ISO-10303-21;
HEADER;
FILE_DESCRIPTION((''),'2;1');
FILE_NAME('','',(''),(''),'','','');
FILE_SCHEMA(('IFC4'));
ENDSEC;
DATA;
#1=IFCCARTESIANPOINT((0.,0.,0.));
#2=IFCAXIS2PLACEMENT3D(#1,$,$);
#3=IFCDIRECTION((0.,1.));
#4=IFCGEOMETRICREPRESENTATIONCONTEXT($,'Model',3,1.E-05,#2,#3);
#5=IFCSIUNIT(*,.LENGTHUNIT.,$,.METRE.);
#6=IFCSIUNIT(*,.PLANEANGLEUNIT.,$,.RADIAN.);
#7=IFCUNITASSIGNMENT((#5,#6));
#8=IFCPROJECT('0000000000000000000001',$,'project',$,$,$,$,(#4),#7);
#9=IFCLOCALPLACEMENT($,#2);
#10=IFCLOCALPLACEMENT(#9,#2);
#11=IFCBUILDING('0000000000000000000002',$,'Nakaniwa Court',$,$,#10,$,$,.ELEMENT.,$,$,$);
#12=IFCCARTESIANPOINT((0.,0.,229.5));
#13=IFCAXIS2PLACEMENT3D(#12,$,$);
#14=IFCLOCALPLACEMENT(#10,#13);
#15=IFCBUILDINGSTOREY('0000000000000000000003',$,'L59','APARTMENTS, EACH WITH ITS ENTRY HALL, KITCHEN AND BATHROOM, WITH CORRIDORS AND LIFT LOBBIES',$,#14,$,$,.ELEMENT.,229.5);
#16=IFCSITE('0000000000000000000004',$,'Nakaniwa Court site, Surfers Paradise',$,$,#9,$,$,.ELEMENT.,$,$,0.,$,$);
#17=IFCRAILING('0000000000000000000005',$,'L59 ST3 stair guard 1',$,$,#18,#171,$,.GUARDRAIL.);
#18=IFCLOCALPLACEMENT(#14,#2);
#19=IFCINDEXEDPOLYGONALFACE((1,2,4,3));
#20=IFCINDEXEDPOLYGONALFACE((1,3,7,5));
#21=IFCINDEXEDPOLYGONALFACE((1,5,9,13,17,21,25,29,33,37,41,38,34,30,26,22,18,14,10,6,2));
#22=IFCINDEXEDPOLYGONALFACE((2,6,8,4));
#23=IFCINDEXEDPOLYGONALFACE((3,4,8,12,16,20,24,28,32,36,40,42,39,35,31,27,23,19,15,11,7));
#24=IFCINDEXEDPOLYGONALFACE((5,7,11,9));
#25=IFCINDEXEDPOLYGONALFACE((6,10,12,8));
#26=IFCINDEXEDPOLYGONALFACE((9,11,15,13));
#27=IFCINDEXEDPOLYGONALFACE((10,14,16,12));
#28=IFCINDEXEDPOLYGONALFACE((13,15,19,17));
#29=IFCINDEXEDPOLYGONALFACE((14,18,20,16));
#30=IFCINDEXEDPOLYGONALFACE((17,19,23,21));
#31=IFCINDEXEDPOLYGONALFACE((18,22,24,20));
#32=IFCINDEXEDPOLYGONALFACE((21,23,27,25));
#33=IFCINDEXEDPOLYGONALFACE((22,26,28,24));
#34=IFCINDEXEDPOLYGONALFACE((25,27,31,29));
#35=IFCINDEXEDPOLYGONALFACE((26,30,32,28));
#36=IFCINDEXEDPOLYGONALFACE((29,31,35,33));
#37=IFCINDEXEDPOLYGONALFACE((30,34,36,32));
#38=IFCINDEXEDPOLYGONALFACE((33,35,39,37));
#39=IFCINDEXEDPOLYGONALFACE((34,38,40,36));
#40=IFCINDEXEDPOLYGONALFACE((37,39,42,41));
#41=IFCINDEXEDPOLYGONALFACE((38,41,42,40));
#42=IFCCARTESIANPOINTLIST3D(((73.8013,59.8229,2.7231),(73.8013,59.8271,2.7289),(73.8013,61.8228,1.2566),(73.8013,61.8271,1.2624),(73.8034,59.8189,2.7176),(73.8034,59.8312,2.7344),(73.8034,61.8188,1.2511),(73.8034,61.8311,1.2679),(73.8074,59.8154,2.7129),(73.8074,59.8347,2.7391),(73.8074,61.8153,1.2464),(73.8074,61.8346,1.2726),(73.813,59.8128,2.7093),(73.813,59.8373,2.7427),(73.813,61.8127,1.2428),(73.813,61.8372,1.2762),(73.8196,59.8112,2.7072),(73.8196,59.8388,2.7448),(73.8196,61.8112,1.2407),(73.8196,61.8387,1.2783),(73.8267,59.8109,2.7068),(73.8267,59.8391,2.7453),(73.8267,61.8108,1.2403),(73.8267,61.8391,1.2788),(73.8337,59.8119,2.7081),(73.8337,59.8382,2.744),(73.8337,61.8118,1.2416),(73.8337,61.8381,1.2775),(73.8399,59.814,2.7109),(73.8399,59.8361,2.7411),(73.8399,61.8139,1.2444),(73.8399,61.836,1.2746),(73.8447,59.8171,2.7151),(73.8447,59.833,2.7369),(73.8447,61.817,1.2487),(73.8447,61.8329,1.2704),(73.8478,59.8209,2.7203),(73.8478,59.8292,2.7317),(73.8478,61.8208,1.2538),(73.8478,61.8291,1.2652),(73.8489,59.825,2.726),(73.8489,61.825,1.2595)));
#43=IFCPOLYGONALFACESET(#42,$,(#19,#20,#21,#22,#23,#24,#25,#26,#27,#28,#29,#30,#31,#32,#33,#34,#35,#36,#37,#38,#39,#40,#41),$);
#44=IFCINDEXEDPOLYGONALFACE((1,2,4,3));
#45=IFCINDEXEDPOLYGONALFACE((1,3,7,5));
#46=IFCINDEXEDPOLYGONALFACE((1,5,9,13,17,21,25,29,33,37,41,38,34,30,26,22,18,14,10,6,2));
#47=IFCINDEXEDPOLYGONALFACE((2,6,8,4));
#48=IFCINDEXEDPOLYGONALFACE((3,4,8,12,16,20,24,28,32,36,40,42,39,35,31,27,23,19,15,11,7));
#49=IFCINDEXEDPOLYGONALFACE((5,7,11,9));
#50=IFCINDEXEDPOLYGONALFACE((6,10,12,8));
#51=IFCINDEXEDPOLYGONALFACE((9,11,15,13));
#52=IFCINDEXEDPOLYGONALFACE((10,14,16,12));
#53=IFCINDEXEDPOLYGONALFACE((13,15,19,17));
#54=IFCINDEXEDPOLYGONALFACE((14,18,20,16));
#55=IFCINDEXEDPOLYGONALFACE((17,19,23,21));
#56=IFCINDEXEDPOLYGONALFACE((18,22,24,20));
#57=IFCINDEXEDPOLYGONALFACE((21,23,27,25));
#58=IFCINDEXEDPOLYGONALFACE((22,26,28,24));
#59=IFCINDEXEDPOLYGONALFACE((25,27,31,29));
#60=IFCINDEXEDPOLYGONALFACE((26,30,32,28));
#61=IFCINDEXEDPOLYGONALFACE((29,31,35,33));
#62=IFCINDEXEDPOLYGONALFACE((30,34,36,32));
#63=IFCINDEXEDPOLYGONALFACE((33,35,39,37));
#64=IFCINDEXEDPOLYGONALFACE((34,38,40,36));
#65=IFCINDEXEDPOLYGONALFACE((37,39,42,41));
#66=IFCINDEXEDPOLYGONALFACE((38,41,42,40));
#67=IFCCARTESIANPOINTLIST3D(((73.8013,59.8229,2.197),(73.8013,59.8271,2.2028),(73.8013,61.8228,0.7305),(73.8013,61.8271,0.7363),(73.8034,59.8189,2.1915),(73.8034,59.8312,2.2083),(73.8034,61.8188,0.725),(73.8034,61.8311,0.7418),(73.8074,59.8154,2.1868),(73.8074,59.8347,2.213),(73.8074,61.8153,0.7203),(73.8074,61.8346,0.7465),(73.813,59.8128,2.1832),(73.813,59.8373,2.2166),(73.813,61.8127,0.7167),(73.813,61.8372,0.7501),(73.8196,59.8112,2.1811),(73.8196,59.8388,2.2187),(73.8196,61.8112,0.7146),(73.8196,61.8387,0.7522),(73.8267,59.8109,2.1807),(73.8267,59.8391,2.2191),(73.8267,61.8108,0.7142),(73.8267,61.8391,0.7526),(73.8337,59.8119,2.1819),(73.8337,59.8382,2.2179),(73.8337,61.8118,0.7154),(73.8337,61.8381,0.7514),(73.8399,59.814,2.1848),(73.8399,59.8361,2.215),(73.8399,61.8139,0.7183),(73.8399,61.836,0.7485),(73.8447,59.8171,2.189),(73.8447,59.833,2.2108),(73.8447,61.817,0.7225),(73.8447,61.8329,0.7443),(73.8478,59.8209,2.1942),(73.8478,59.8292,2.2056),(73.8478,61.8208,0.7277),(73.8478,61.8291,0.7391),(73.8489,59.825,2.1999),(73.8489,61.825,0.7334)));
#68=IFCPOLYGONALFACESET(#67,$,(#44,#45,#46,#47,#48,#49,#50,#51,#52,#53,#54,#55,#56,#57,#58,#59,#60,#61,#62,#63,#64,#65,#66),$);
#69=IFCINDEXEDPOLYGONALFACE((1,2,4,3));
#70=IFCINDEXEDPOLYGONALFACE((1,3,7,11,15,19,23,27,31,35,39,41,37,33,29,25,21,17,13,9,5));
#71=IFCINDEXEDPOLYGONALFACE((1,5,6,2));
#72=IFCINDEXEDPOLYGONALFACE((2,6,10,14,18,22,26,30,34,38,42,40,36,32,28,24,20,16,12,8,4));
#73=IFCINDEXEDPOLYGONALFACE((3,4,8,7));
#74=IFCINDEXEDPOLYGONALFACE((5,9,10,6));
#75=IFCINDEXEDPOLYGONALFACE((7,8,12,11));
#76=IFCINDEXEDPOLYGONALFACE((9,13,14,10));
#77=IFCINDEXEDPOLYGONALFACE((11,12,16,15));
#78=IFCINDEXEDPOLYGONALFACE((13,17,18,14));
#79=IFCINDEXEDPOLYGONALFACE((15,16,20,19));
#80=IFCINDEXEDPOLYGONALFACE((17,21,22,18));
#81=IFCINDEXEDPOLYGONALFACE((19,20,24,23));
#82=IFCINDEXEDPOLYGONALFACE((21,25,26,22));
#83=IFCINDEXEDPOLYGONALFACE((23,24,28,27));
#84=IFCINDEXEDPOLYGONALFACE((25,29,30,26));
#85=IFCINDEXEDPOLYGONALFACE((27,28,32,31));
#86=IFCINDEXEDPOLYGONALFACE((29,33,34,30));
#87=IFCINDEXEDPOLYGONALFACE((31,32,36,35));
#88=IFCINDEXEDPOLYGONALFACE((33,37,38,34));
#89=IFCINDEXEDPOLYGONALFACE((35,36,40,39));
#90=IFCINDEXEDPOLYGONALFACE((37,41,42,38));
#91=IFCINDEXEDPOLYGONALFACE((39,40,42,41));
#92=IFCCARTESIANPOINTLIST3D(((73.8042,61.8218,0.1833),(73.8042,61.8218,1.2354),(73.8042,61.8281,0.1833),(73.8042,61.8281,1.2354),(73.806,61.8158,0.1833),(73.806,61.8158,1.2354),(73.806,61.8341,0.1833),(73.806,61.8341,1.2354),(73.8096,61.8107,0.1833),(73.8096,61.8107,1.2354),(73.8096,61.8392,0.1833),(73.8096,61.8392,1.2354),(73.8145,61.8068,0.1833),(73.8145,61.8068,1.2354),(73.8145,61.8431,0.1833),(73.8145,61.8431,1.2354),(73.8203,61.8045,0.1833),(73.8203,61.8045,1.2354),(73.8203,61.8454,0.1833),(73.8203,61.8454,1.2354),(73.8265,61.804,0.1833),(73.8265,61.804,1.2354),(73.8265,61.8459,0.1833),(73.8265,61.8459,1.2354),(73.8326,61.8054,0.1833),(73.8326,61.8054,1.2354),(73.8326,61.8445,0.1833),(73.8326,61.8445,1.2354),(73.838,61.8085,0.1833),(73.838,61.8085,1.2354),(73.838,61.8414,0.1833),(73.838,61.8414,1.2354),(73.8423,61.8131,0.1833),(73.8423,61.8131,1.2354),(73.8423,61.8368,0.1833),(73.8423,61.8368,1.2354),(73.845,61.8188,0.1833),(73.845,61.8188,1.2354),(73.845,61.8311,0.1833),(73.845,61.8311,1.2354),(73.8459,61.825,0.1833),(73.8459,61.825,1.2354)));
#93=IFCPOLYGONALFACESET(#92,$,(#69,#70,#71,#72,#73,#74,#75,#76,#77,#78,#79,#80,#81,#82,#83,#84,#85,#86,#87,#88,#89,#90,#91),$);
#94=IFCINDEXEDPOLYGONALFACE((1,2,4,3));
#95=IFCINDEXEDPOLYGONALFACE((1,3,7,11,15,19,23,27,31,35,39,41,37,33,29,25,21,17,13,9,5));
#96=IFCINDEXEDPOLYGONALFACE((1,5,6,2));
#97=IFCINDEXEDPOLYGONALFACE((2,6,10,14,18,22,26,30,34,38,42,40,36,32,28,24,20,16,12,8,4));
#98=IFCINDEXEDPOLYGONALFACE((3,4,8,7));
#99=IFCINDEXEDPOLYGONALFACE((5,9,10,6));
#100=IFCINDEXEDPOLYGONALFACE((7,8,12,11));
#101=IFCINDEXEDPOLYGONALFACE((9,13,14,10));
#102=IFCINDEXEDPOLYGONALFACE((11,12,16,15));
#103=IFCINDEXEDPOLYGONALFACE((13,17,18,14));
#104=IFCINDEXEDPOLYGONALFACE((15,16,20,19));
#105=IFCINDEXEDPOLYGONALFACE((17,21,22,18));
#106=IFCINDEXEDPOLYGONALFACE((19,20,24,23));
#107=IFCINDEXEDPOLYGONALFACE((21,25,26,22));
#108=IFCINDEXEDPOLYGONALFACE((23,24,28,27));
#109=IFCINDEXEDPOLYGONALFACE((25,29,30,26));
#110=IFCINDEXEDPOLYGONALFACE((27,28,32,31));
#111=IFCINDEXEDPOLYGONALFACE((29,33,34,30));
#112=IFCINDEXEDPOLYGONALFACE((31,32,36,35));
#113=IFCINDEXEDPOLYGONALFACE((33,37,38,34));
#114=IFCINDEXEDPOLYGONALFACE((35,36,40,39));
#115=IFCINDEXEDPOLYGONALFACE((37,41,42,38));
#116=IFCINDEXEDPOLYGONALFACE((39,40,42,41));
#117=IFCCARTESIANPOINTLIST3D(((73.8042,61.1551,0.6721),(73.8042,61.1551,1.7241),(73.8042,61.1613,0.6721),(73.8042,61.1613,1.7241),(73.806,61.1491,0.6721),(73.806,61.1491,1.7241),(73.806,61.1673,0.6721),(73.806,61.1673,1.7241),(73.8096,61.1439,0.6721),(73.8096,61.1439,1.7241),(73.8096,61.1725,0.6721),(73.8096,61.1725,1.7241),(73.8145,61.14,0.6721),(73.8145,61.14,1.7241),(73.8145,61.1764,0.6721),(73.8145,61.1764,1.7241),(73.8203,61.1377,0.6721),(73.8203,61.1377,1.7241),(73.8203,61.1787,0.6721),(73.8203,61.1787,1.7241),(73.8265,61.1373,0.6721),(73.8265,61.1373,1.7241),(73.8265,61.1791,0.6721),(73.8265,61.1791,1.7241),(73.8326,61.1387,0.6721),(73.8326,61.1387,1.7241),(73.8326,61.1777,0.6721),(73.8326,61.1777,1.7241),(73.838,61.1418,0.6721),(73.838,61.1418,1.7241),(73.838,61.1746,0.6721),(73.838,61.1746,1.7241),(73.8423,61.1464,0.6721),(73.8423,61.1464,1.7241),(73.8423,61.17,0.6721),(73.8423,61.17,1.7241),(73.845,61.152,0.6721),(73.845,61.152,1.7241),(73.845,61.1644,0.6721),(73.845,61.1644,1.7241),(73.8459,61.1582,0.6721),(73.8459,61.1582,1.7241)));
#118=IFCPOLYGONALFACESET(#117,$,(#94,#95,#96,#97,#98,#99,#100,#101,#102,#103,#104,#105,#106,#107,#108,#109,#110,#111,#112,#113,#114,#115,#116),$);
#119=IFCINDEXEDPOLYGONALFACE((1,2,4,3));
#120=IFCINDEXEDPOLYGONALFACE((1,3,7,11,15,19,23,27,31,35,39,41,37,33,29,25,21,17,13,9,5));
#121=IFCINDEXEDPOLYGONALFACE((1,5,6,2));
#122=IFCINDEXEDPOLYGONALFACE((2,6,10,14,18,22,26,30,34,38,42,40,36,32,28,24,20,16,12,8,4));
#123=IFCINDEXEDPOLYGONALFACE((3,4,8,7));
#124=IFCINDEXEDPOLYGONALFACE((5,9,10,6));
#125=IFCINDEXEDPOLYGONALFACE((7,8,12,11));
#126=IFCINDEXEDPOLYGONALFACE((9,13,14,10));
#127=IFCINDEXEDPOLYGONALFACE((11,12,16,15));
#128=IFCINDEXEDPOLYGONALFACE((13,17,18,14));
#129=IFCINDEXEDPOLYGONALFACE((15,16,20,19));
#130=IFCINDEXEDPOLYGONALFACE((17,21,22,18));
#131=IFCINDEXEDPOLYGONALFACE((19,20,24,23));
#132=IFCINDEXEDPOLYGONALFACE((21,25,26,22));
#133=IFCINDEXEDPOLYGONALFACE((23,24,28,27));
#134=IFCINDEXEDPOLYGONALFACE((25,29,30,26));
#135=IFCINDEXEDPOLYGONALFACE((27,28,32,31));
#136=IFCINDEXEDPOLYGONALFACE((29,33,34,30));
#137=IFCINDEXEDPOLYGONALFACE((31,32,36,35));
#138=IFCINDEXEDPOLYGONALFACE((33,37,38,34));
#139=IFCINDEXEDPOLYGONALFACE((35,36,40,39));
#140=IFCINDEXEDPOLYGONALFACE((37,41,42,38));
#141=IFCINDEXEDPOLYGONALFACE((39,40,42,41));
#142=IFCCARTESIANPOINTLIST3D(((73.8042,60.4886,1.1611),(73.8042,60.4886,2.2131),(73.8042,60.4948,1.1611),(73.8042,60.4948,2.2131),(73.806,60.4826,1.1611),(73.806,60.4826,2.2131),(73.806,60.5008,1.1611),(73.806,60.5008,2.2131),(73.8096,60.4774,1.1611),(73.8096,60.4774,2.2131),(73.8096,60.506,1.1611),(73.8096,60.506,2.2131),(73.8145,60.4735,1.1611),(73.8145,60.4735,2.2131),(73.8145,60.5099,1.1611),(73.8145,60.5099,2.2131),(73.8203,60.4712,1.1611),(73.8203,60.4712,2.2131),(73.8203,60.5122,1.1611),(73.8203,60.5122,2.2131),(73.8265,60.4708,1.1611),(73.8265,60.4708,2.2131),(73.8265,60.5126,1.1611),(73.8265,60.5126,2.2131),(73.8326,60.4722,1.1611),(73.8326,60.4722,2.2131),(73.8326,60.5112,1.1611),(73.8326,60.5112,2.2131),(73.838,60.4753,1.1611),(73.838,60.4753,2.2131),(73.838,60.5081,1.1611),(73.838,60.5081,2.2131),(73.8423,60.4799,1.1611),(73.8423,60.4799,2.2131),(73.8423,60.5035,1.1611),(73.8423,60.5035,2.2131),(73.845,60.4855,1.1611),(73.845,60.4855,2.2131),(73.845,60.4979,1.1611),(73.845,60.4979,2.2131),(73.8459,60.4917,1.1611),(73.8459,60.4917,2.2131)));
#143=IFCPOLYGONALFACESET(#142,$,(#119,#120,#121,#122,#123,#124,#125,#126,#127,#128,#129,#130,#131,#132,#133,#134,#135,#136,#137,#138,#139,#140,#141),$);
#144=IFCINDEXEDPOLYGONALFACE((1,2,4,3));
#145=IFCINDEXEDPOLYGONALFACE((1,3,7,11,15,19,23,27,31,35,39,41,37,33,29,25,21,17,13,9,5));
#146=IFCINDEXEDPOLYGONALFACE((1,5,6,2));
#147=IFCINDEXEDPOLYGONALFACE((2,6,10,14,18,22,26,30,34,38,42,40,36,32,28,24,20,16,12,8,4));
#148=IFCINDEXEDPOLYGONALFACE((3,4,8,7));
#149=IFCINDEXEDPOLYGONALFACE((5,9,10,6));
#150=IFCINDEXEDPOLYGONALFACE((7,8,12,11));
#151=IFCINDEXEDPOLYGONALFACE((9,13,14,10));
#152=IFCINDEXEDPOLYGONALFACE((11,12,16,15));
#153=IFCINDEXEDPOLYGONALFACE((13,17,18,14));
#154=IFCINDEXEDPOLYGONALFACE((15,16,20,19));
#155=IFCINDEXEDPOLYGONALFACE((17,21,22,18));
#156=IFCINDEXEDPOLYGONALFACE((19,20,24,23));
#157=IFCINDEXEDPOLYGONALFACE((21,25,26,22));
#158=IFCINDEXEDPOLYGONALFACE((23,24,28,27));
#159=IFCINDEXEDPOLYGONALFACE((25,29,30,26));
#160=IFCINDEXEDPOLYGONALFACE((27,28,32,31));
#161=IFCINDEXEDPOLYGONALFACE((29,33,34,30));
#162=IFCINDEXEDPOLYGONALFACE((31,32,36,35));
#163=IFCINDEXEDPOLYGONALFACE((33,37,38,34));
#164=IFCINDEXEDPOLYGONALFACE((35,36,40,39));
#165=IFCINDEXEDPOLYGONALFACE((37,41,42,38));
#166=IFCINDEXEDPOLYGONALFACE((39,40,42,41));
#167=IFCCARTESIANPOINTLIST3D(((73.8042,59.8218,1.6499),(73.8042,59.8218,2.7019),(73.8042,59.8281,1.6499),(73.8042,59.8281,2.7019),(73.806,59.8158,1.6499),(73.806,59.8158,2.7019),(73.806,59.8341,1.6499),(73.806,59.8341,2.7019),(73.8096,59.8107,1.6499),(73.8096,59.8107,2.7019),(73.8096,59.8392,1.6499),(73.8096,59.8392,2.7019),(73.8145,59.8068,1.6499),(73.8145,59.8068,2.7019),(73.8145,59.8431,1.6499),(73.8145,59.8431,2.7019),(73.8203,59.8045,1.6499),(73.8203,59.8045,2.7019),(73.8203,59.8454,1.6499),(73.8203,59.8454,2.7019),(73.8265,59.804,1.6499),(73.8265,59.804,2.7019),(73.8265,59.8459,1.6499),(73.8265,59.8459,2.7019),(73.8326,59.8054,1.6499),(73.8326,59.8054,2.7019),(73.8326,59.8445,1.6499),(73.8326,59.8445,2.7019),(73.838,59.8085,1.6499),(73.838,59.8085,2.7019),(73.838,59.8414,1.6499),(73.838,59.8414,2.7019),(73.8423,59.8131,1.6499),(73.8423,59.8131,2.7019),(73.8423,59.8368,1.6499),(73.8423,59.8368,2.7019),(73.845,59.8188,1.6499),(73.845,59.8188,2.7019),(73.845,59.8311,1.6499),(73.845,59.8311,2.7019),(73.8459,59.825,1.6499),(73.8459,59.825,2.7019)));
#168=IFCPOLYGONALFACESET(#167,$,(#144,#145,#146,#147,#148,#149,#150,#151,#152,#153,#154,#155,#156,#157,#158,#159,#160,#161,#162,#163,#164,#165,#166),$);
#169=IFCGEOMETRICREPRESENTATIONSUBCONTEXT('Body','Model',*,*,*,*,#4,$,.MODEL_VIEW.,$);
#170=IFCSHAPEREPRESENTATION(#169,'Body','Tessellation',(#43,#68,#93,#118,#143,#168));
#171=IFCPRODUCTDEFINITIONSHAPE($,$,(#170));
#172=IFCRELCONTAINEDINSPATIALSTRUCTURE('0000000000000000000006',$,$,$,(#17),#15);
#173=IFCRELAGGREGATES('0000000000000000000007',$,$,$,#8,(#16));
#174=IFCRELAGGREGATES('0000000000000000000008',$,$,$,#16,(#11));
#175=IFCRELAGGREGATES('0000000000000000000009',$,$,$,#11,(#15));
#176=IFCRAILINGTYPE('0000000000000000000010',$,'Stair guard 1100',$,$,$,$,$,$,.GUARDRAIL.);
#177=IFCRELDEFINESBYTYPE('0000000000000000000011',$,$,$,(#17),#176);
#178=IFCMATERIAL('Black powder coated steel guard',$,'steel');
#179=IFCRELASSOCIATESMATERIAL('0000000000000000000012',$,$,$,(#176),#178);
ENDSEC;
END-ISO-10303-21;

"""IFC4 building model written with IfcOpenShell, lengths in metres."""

from ifc_helpers import new_model, si_unit, direction, frame, origin, origin_2d, place, context, subcontext, project, spatial, circle, extrude, material, type_object, element, save


model = new_model("IFC4")

# Units and contexts
model_context = context("Model", 3, precision=1e-05, world=origin(), true_north=direction((0.0, 1.0)))
body_context = subcontext(model_context, "Body", "Model", "MODEL_VIEW")
ifc_project = project(units=[si_unit("LENGTHUNIT", "METRE"), si_unit("PLANEANGLEUNIT", "RADIAN")], contexts=[model_context])

# Site, building, storey
site_placement = place(None, origin())
site = spatial("IfcSite", under=ifc_project, at=site_placement, Name="Nakaniwa Court site, Surfers Paradise", CompositionType="ELEMENT", RefElevation=0.0)
building_placement = place(site_placement, origin())
building = spatial("IfcBuilding", under=site, at=building_placement, Name="Nakaniwa Court", CompositionType="ELEMENT")
storey_placement = place(building_placement, frame((0.0, 0.0, 229.5)))
storey = spatial("IfcBuildingStorey", under=building, at=storey_placement, Name="L59", Description="APARTMENTS, EACH WITH ITS ENTRY HALL, KITCHEN AND BATHROOM, WITH CORRIDORS AND LIFT LOBBIES", CompositionType="ELEMENT", Elevation=229.5)

# Railing
ifc_material_1 = material(Name="Black powder coated steel guard", Category="steel")
railing_type_1 = type_object("IfcRailingType", Name="Stair guard 1100", PredefinedType="GUARDRAIL", material=ifc_material_1)
railing_1_placement = place(storey_placement, frame((73.825, 61.825, 0.1833)))
element("IfcRailing", 1, at=railing_1_placement, inside=storey, type_object=railing_type_1, Name="L59 ST3 stair guard 1", PredefinedType="GUARDRAIL", context=body_context, shape_type="SweptSolid", body=[
    extrude(circle(Radius=0.0239, at=origin_2d()), frame((0.0, 0.0, 1.0762), z_axis=(0.0, -0.806427, 0.591334), x_axis=(1.0, 0.0, 0.0)), (0.0, 0.0, 1.0), 2.48),
    extrude(circle(Radius=0.0239, at=origin_2d()), frame((0.0, 0.0, 0.55), z_axis=(0.0, -0.806427, 0.591334), x_axis=(1.0, 0.0, 0.0)), (0.0, 0.0, 1.0), 2.48),
    extrude(circle(Radius=0.021, at=origin_2d()), origin(), (0.0, 0.0, 1.0), 1.052),
    extrude(circle(Radius=0.021, at=origin_2d()), frame((0.0, -0.6667, 0.4888)), (0.0, 0.0, 1.0), 1.052),
    extrude(circle(Radius=0.021, at=origin_2d()), frame((0.0, -1.3333, 0.9778)), (0.0, 0.0, 1.0), 1.052),
    extrude(circle(Radius=0.021, at=origin_2d()), frame((0.0, -2.0, 1.4666)), (0.0, 0.0, 1.0), 1.052),
])

save(model, "model.ifc")
